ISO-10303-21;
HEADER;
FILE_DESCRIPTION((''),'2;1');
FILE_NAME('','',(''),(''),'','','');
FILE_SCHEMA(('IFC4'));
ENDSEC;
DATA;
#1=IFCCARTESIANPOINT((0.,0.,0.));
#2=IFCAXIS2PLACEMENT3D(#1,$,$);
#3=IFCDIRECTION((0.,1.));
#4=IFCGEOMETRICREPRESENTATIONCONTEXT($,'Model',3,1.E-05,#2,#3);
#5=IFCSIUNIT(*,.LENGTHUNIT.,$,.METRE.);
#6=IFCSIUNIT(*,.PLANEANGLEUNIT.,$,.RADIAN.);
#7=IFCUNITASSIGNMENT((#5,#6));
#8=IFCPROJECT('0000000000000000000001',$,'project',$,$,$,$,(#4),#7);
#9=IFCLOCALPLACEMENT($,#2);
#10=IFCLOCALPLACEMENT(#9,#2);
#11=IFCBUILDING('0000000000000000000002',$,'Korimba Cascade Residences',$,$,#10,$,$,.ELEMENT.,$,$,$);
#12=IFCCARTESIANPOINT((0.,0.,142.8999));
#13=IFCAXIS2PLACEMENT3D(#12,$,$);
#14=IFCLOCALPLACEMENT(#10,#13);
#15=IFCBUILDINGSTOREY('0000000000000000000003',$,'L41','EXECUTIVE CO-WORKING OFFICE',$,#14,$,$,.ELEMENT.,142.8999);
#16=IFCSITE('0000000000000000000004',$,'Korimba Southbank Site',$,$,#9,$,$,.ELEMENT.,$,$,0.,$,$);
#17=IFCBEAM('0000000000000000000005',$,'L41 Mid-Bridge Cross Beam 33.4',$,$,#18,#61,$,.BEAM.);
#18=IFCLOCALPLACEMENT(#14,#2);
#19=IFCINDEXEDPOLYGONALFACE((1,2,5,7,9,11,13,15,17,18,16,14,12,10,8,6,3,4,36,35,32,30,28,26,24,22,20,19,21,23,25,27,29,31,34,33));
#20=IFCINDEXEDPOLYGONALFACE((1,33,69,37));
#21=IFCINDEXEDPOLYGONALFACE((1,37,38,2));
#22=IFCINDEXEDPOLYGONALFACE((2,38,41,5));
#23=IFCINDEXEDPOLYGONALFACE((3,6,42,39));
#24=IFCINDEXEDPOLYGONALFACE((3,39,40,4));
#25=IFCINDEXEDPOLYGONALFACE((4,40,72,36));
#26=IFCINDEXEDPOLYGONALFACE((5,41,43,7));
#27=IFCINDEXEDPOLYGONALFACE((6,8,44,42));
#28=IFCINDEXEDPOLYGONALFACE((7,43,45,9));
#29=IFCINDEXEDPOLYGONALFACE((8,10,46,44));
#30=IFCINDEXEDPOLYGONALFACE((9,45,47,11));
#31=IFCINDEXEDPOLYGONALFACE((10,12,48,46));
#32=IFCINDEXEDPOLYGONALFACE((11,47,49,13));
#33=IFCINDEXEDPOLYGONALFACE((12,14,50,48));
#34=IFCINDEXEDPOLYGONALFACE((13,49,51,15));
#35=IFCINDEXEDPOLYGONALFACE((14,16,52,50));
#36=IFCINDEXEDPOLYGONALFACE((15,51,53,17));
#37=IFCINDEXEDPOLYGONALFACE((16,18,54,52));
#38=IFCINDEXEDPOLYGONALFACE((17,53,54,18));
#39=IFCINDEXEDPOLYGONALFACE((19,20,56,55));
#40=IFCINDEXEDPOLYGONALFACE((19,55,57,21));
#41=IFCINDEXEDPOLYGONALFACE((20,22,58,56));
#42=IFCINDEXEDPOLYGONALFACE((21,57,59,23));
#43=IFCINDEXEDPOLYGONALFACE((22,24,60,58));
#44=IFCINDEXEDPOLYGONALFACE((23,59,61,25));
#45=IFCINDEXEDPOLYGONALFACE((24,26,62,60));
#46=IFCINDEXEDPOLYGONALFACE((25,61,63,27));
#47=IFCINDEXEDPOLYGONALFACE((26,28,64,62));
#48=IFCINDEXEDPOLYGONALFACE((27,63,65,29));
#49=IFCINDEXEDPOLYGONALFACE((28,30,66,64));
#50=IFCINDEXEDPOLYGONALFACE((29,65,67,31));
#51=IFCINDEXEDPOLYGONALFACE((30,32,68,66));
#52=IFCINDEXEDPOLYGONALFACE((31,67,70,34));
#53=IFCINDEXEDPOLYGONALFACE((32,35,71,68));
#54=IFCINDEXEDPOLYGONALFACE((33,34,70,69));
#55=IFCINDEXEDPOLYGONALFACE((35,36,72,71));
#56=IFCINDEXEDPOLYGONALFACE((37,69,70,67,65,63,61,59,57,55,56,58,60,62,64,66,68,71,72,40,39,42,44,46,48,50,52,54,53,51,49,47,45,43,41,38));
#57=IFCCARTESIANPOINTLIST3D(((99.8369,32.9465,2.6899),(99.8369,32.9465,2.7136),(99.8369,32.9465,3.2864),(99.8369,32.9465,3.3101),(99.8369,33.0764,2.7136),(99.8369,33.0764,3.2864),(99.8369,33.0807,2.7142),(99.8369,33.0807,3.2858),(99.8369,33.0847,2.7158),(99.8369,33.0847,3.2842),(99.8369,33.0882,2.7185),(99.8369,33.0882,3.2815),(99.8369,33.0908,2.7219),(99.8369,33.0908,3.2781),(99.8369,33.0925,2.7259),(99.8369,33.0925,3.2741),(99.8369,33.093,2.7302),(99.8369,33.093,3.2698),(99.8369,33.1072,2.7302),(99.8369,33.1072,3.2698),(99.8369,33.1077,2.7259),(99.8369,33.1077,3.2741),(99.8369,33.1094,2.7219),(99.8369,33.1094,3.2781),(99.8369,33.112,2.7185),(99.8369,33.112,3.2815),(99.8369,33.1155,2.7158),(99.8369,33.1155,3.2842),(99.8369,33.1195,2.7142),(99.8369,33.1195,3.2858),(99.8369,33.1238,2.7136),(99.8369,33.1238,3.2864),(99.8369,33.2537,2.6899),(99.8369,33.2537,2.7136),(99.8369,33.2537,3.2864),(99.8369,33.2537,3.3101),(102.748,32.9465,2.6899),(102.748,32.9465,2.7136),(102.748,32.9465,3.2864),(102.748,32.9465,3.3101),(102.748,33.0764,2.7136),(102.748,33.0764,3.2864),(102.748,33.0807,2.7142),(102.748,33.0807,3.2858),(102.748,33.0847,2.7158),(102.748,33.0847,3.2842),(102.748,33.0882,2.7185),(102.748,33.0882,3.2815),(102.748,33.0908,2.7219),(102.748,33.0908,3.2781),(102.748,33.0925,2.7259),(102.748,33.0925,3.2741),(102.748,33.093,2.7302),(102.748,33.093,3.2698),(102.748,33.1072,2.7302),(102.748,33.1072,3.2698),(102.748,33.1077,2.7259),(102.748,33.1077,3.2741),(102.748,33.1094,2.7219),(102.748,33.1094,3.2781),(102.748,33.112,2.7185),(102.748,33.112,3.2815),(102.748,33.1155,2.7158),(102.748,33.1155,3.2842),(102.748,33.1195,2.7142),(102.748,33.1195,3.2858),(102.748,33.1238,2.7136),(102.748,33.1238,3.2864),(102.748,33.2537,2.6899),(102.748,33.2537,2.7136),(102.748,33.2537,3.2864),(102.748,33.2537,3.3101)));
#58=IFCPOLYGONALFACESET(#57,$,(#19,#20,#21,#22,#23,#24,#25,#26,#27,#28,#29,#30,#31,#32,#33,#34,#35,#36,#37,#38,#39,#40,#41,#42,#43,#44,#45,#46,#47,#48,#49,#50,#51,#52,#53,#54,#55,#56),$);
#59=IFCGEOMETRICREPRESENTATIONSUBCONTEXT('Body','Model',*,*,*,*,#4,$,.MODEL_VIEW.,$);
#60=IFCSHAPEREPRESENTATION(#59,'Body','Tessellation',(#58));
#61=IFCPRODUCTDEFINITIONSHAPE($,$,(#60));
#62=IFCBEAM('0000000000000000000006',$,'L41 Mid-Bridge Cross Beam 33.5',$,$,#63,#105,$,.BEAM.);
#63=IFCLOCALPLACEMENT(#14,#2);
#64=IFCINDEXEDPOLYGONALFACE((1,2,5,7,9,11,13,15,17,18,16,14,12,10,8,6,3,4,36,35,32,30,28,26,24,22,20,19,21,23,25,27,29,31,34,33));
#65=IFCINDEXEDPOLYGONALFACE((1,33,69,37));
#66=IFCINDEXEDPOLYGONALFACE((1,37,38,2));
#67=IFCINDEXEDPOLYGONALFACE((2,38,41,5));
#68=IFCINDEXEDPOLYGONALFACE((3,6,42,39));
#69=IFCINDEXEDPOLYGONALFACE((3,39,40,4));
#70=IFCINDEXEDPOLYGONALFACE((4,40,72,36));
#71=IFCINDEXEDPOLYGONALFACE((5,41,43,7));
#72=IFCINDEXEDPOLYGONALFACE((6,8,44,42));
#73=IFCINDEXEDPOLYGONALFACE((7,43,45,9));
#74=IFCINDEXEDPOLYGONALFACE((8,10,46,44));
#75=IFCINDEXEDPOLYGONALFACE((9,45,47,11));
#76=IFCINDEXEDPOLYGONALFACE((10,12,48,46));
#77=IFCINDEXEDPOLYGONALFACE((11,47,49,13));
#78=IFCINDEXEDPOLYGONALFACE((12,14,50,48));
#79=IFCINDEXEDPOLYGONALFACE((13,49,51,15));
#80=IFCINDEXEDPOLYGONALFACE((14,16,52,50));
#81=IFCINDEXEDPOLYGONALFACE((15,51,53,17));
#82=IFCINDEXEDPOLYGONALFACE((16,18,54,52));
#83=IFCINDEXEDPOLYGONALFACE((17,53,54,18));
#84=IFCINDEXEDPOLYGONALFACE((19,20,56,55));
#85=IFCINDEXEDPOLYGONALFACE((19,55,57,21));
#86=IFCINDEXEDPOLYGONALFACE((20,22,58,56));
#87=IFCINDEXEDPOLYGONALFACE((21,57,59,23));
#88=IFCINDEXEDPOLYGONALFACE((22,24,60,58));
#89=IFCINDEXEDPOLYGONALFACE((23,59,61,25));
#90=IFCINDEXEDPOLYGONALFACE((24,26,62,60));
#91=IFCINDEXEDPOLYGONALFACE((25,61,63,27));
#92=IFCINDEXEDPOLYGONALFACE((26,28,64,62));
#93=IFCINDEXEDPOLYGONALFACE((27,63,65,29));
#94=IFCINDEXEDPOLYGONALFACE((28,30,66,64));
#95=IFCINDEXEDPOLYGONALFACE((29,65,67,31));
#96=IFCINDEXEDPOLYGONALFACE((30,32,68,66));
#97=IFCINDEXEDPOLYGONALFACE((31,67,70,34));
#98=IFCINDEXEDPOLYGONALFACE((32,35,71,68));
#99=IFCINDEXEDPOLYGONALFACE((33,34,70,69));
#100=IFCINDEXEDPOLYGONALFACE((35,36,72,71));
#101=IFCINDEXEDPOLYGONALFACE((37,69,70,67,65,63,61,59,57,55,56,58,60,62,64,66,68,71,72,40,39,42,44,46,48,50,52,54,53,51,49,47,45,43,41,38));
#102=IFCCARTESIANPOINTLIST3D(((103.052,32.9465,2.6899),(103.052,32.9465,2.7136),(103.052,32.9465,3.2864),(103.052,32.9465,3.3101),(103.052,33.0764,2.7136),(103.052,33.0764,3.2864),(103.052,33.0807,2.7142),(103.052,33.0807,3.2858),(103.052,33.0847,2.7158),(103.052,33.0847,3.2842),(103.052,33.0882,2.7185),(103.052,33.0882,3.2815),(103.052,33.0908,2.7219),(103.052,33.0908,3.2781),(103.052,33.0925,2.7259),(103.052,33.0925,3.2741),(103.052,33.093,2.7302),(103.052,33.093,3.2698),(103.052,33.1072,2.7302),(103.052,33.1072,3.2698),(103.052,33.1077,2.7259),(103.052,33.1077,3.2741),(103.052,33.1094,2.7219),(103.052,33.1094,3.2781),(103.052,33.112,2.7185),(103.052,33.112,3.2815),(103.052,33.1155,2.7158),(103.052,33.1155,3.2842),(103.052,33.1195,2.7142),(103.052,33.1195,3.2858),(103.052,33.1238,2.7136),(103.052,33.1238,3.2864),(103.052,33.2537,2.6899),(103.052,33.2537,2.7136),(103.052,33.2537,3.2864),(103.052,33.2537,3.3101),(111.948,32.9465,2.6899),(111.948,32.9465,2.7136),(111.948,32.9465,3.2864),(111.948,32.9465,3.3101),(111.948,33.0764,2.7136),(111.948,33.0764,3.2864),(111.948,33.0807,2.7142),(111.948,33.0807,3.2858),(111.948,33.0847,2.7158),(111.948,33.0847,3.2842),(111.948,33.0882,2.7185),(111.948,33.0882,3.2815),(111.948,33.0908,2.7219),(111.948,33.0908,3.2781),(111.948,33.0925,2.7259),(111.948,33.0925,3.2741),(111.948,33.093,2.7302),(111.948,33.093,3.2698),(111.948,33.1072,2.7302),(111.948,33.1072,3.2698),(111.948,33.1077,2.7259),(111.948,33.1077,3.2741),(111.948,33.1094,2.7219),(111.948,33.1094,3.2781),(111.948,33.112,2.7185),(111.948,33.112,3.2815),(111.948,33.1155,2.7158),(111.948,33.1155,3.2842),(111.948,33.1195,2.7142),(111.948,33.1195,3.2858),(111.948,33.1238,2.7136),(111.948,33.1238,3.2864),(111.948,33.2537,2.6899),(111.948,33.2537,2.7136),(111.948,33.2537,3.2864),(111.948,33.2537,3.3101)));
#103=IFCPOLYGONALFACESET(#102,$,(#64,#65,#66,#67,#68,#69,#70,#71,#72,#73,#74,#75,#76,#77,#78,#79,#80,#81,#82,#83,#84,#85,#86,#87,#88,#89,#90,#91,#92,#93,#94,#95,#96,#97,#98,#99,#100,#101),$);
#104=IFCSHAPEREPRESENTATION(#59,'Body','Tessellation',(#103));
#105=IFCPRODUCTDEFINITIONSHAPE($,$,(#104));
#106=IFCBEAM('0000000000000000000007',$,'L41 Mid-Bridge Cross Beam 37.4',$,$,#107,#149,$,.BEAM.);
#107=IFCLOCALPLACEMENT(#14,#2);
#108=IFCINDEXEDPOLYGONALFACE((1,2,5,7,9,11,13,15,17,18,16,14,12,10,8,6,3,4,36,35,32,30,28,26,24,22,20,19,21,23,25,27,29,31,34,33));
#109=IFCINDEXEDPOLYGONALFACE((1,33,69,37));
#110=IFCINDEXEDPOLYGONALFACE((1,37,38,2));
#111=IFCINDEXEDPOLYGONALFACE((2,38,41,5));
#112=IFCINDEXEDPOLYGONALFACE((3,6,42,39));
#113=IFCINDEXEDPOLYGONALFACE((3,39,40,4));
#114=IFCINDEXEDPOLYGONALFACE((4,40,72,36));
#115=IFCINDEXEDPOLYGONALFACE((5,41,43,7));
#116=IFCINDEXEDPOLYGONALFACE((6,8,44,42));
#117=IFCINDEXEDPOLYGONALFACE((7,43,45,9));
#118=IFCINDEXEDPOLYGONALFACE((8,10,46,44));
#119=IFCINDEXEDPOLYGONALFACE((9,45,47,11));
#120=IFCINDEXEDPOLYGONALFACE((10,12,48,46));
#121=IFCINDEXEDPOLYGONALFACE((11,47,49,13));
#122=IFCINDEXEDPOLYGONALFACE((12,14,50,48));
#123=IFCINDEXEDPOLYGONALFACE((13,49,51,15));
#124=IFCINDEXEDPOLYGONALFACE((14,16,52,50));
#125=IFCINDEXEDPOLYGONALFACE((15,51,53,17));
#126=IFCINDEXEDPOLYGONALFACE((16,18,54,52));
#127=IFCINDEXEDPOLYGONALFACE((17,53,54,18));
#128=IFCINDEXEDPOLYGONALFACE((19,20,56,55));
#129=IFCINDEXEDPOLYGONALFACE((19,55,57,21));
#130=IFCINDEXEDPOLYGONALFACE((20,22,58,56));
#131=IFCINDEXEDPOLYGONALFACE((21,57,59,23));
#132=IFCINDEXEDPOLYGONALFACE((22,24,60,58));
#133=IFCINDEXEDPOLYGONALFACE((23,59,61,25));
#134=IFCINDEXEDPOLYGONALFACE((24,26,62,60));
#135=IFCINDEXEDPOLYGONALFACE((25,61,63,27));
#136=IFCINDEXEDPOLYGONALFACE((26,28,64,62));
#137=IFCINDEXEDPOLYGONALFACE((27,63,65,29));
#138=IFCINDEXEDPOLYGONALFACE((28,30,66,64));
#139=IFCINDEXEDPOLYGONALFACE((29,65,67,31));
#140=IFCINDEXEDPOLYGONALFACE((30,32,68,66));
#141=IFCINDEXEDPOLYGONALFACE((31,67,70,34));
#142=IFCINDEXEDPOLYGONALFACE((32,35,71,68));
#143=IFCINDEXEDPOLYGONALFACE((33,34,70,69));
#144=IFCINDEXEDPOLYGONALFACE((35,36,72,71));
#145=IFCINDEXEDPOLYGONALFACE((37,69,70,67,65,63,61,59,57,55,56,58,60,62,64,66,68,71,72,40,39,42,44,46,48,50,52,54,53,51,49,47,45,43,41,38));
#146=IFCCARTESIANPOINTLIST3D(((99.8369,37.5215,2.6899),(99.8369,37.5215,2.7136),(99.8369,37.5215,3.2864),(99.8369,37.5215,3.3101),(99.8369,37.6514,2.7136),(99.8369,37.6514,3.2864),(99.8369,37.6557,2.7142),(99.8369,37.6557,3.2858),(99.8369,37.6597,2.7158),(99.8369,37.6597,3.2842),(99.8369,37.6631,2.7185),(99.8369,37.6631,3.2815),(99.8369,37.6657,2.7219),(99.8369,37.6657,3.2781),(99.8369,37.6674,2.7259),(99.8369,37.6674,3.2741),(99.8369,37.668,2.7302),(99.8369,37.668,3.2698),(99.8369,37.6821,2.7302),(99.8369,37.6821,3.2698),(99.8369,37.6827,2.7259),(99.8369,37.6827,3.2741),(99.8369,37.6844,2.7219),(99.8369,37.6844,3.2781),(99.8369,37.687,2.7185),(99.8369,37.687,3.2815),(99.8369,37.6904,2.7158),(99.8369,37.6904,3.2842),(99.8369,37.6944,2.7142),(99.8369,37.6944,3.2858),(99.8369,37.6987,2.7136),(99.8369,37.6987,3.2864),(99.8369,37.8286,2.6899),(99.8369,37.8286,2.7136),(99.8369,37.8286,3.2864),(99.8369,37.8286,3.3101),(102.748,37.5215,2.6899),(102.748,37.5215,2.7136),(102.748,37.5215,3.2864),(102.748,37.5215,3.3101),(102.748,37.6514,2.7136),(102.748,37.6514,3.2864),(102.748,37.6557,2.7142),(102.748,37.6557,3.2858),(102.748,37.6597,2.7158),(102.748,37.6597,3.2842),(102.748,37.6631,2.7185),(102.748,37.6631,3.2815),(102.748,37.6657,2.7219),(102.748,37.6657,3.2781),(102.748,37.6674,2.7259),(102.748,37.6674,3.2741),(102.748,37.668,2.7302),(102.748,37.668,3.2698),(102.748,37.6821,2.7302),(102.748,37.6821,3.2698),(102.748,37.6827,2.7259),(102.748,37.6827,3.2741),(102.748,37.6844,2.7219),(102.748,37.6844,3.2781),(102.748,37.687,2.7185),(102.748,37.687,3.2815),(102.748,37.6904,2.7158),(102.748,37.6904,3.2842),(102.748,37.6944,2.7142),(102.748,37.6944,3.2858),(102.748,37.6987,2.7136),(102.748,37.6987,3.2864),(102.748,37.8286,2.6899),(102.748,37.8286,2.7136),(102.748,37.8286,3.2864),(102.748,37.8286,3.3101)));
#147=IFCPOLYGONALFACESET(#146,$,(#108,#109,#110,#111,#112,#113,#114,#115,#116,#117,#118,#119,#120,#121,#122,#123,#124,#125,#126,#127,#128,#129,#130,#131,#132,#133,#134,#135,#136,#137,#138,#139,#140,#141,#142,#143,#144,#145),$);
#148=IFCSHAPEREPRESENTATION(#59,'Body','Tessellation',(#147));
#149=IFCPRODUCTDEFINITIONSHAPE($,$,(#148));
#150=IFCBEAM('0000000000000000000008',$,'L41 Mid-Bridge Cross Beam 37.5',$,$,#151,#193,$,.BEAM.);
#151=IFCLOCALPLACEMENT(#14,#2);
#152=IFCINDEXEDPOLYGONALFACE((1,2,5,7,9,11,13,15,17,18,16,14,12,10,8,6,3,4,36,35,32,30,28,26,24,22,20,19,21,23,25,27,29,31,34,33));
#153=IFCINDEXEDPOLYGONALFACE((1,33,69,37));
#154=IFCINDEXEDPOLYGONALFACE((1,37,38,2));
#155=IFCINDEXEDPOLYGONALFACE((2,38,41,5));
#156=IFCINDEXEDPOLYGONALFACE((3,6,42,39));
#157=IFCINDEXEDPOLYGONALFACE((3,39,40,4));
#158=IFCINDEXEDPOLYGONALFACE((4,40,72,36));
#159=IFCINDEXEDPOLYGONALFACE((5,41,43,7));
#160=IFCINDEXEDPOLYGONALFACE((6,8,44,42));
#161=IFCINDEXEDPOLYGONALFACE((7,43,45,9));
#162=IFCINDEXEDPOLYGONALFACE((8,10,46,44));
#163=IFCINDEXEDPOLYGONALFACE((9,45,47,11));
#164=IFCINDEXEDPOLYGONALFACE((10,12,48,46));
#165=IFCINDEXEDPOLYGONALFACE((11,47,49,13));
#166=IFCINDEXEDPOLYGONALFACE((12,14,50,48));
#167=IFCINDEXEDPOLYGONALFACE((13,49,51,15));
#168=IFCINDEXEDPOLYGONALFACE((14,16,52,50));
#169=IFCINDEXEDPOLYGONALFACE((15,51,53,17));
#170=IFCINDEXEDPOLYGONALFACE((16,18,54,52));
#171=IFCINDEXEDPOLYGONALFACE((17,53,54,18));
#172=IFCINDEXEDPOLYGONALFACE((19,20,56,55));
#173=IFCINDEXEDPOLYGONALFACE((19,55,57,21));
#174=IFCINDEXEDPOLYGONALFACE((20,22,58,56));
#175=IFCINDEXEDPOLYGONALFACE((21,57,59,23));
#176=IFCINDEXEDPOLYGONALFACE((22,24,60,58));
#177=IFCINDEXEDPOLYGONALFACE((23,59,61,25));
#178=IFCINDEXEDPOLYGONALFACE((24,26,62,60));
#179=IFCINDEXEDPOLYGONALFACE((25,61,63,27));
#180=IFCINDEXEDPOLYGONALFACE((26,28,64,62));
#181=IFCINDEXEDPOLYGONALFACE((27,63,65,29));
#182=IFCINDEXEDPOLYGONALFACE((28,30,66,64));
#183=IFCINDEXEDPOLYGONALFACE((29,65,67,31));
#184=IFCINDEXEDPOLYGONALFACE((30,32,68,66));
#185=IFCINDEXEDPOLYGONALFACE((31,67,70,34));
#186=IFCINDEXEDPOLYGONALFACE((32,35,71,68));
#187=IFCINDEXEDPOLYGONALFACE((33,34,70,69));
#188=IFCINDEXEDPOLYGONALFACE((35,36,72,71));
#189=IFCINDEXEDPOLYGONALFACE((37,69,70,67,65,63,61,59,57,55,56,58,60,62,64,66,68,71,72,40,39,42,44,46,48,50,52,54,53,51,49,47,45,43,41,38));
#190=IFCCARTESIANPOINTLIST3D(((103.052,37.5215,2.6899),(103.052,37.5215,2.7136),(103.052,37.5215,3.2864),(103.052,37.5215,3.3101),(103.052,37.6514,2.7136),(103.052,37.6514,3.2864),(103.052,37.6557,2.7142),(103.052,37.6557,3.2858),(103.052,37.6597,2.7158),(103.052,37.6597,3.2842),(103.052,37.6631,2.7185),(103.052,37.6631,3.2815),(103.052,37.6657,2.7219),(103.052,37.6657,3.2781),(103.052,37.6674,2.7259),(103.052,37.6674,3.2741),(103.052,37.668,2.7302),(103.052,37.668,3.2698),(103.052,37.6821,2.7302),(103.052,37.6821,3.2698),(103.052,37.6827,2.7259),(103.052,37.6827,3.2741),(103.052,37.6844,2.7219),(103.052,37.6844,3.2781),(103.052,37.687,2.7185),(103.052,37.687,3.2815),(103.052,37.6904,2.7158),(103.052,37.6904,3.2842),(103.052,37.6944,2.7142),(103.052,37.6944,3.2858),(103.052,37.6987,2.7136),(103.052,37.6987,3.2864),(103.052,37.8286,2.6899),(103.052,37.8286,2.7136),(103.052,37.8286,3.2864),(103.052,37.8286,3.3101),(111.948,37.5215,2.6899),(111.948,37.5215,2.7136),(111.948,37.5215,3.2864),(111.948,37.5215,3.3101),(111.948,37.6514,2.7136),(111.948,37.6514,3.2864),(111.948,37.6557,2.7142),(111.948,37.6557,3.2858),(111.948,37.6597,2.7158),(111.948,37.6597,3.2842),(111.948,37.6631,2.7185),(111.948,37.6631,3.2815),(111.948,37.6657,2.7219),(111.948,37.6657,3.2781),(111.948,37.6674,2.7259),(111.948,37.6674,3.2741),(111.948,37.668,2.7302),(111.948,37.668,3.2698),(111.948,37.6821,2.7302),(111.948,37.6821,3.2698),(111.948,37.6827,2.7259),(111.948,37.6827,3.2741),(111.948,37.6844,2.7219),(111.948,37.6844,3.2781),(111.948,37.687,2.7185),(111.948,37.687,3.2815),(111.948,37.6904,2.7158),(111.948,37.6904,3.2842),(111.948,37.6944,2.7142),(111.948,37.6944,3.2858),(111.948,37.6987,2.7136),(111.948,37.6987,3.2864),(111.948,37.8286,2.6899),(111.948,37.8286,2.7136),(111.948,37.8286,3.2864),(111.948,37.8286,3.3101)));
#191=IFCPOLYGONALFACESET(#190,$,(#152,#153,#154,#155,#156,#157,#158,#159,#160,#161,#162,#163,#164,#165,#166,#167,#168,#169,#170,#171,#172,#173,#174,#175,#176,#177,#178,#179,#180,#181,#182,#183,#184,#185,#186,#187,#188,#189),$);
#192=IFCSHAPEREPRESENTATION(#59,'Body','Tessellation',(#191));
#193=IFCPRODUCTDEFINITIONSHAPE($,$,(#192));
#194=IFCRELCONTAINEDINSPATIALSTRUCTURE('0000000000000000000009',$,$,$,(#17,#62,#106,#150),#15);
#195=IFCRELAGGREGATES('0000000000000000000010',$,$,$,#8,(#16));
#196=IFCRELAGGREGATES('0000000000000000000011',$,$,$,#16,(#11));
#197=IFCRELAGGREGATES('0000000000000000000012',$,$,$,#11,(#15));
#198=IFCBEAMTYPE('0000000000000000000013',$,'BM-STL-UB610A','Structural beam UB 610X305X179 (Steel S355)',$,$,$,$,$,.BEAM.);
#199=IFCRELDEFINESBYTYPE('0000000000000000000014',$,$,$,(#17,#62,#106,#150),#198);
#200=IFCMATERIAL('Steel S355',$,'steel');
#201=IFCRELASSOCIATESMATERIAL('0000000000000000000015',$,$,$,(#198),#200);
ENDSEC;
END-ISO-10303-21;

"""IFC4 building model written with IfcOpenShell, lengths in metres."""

from ifc_helpers import new_model, si_unit, direction, frame, origin, origin_2d, place, context, subcontext, project, spatial, i_section, extrude, material, material_profile, profile_set, type_object, element, save


model = new_model("IFC4")

# Units and contexts
model_context = context("Model", 3, precision=1e-05, world=origin(), true_north=direction((0.0, 1.0)))
body_context = subcontext(model_context, "Body", "Model", "MODEL_VIEW")
ifc_project = project(units=[si_unit("LENGTHUNIT", "METRE"), si_unit("PLANEANGLEUNIT", "RADIAN")], contexts=[model_context])

# Site, building, storey
site_placement = place(None, origin())
site = spatial("IfcSite", under=ifc_project, at=site_placement, Name="Korimba Southbank Site", CompositionType="ELEMENT", RefElevation=0.0)
building_placement = place(site_placement, origin())
building = spatial("IfcBuilding", under=site, at=building_placement, Name="Korimba Cascade Residences", CompositionType="ELEMENT")
storey_placement = place(building_placement, frame((0.0, 0.0, 142.8999)))
storey = spatial("IfcBuildingStorey", under=building, at=storey_placement, Name="L41", Description="EXECUTIVE CO-WORKING OFFICE", CompositionType="ELEMENT", Elevation=142.8999)

# Beams
ifc_material_1 = material(Name="Steel S355", Category="steel")
ifc_material_profile_1 = material_profile(ifc_material_1, i_section(OverallWidth=0.3071, OverallDepth=0.6201, WebThickness=0.0142, FlangeThickness=0.0237, FilletRadius=0.0166, at=origin_2d()), Name="Steel S355")
ifc_profile_set_1 = profile_set([ifc_material_profile_1], Name="Steel S355")
beam_type = type_object("IfcBeamType", Name="BM-STL-UB610A", Description="Structural beam UB 610X305X179 (Steel S355)", PredefinedType="BEAM", material=ifc_profile_set_1)
beam_1_placement = place(storey_placement, frame((99.8369, 33.1001, 3.0), z_axis=(1.0, 0.0, 0.0), x_axis=(0.0, 1.0, 0.0)))
element("IfcBeam", 1, at=beam_1_placement, inside=storey, type_object=beam_type, Name="L41 Mid-Bridge Cross Beam 33.4", PredefinedType="BEAM", context=body_context, shape_type="SweptSolid", body=[
    extrude(i_section(OverallWidth=0.3071, OverallDepth=0.6201, WebThickness=0.0142, FlangeThickness=0.0237, FilletRadius=0.0166, at=origin_2d()), origin(), (0.0, 0.0, 1.0), 2.9111),
])
beam_2_placement = place(storey_placement, frame((103.052, 33.1001, 3.0), z_axis=(1.0, 0.0, 0.0), x_axis=(0.0, 1.0, 0.0)))
element("IfcBeam", 2, at=beam_2_placement, inside=storey, type_object=beam_type, Name="L41 Mid-Bridge Cross Beam 33.5", PredefinedType="BEAM", context=body_context, shape_type="SweptSolid", body=[
    extrude(i_section(OverallWidth=0.3071, OverallDepth=0.6201, WebThickness=0.0142, FlangeThickness=0.0237, FilletRadius=0.0166, at=origin_2d()), origin(), (0.0, 0.0, 1.0), 8.896),
])
beam_3_placement = place(storey_placement, frame((99.8369, 37.675, 3.0), z_axis=(1.0, 0.0, 0.0), x_axis=(0.0, 1.0, 0.0)))
element("IfcBeam", 3, at=beam_3_placement, inside=storey, type_object=beam_type, Name="L41 Mid-Bridge Cross Beam 37.4", PredefinedType="BEAM", context=body_context, shape_type="SweptSolid", body=[
    extrude(i_section(OverallWidth=0.3071, OverallDepth=0.6201, WebThickness=0.0142, FlangeThickness=0.0237, FilletRadius=0.0166, at=origin_2d()), origin(), (0.0, 0.0, 1.0), 2.9111),
])
beam_4_placement = place(storey_placement, frame((103.052, 37.675, 3.0), z_axis=(1.0, 0.0, 0.0), x_axis=(0.0, 1.0, 0.0)))
element("IfcBeam", 4, at=beam_4_placement, inside=storey, type_object=beam_type, Name="L41 Mid-Bridge Cross Beam 37.5", PredefinedType="BEAM", context=body_context, shape_type="SweptSolid", body=[
    extrude(i_section(OverallWidth=0.3071, OverallDepth=0.6201, WebThickness=0.0142, FlangeThickness=0.0237, FilletRadius=0.0166, at=origin_2d()), origin(), (0.0, 0.0, 1.0), 8.896),
])

save(model, "model.ifc")
